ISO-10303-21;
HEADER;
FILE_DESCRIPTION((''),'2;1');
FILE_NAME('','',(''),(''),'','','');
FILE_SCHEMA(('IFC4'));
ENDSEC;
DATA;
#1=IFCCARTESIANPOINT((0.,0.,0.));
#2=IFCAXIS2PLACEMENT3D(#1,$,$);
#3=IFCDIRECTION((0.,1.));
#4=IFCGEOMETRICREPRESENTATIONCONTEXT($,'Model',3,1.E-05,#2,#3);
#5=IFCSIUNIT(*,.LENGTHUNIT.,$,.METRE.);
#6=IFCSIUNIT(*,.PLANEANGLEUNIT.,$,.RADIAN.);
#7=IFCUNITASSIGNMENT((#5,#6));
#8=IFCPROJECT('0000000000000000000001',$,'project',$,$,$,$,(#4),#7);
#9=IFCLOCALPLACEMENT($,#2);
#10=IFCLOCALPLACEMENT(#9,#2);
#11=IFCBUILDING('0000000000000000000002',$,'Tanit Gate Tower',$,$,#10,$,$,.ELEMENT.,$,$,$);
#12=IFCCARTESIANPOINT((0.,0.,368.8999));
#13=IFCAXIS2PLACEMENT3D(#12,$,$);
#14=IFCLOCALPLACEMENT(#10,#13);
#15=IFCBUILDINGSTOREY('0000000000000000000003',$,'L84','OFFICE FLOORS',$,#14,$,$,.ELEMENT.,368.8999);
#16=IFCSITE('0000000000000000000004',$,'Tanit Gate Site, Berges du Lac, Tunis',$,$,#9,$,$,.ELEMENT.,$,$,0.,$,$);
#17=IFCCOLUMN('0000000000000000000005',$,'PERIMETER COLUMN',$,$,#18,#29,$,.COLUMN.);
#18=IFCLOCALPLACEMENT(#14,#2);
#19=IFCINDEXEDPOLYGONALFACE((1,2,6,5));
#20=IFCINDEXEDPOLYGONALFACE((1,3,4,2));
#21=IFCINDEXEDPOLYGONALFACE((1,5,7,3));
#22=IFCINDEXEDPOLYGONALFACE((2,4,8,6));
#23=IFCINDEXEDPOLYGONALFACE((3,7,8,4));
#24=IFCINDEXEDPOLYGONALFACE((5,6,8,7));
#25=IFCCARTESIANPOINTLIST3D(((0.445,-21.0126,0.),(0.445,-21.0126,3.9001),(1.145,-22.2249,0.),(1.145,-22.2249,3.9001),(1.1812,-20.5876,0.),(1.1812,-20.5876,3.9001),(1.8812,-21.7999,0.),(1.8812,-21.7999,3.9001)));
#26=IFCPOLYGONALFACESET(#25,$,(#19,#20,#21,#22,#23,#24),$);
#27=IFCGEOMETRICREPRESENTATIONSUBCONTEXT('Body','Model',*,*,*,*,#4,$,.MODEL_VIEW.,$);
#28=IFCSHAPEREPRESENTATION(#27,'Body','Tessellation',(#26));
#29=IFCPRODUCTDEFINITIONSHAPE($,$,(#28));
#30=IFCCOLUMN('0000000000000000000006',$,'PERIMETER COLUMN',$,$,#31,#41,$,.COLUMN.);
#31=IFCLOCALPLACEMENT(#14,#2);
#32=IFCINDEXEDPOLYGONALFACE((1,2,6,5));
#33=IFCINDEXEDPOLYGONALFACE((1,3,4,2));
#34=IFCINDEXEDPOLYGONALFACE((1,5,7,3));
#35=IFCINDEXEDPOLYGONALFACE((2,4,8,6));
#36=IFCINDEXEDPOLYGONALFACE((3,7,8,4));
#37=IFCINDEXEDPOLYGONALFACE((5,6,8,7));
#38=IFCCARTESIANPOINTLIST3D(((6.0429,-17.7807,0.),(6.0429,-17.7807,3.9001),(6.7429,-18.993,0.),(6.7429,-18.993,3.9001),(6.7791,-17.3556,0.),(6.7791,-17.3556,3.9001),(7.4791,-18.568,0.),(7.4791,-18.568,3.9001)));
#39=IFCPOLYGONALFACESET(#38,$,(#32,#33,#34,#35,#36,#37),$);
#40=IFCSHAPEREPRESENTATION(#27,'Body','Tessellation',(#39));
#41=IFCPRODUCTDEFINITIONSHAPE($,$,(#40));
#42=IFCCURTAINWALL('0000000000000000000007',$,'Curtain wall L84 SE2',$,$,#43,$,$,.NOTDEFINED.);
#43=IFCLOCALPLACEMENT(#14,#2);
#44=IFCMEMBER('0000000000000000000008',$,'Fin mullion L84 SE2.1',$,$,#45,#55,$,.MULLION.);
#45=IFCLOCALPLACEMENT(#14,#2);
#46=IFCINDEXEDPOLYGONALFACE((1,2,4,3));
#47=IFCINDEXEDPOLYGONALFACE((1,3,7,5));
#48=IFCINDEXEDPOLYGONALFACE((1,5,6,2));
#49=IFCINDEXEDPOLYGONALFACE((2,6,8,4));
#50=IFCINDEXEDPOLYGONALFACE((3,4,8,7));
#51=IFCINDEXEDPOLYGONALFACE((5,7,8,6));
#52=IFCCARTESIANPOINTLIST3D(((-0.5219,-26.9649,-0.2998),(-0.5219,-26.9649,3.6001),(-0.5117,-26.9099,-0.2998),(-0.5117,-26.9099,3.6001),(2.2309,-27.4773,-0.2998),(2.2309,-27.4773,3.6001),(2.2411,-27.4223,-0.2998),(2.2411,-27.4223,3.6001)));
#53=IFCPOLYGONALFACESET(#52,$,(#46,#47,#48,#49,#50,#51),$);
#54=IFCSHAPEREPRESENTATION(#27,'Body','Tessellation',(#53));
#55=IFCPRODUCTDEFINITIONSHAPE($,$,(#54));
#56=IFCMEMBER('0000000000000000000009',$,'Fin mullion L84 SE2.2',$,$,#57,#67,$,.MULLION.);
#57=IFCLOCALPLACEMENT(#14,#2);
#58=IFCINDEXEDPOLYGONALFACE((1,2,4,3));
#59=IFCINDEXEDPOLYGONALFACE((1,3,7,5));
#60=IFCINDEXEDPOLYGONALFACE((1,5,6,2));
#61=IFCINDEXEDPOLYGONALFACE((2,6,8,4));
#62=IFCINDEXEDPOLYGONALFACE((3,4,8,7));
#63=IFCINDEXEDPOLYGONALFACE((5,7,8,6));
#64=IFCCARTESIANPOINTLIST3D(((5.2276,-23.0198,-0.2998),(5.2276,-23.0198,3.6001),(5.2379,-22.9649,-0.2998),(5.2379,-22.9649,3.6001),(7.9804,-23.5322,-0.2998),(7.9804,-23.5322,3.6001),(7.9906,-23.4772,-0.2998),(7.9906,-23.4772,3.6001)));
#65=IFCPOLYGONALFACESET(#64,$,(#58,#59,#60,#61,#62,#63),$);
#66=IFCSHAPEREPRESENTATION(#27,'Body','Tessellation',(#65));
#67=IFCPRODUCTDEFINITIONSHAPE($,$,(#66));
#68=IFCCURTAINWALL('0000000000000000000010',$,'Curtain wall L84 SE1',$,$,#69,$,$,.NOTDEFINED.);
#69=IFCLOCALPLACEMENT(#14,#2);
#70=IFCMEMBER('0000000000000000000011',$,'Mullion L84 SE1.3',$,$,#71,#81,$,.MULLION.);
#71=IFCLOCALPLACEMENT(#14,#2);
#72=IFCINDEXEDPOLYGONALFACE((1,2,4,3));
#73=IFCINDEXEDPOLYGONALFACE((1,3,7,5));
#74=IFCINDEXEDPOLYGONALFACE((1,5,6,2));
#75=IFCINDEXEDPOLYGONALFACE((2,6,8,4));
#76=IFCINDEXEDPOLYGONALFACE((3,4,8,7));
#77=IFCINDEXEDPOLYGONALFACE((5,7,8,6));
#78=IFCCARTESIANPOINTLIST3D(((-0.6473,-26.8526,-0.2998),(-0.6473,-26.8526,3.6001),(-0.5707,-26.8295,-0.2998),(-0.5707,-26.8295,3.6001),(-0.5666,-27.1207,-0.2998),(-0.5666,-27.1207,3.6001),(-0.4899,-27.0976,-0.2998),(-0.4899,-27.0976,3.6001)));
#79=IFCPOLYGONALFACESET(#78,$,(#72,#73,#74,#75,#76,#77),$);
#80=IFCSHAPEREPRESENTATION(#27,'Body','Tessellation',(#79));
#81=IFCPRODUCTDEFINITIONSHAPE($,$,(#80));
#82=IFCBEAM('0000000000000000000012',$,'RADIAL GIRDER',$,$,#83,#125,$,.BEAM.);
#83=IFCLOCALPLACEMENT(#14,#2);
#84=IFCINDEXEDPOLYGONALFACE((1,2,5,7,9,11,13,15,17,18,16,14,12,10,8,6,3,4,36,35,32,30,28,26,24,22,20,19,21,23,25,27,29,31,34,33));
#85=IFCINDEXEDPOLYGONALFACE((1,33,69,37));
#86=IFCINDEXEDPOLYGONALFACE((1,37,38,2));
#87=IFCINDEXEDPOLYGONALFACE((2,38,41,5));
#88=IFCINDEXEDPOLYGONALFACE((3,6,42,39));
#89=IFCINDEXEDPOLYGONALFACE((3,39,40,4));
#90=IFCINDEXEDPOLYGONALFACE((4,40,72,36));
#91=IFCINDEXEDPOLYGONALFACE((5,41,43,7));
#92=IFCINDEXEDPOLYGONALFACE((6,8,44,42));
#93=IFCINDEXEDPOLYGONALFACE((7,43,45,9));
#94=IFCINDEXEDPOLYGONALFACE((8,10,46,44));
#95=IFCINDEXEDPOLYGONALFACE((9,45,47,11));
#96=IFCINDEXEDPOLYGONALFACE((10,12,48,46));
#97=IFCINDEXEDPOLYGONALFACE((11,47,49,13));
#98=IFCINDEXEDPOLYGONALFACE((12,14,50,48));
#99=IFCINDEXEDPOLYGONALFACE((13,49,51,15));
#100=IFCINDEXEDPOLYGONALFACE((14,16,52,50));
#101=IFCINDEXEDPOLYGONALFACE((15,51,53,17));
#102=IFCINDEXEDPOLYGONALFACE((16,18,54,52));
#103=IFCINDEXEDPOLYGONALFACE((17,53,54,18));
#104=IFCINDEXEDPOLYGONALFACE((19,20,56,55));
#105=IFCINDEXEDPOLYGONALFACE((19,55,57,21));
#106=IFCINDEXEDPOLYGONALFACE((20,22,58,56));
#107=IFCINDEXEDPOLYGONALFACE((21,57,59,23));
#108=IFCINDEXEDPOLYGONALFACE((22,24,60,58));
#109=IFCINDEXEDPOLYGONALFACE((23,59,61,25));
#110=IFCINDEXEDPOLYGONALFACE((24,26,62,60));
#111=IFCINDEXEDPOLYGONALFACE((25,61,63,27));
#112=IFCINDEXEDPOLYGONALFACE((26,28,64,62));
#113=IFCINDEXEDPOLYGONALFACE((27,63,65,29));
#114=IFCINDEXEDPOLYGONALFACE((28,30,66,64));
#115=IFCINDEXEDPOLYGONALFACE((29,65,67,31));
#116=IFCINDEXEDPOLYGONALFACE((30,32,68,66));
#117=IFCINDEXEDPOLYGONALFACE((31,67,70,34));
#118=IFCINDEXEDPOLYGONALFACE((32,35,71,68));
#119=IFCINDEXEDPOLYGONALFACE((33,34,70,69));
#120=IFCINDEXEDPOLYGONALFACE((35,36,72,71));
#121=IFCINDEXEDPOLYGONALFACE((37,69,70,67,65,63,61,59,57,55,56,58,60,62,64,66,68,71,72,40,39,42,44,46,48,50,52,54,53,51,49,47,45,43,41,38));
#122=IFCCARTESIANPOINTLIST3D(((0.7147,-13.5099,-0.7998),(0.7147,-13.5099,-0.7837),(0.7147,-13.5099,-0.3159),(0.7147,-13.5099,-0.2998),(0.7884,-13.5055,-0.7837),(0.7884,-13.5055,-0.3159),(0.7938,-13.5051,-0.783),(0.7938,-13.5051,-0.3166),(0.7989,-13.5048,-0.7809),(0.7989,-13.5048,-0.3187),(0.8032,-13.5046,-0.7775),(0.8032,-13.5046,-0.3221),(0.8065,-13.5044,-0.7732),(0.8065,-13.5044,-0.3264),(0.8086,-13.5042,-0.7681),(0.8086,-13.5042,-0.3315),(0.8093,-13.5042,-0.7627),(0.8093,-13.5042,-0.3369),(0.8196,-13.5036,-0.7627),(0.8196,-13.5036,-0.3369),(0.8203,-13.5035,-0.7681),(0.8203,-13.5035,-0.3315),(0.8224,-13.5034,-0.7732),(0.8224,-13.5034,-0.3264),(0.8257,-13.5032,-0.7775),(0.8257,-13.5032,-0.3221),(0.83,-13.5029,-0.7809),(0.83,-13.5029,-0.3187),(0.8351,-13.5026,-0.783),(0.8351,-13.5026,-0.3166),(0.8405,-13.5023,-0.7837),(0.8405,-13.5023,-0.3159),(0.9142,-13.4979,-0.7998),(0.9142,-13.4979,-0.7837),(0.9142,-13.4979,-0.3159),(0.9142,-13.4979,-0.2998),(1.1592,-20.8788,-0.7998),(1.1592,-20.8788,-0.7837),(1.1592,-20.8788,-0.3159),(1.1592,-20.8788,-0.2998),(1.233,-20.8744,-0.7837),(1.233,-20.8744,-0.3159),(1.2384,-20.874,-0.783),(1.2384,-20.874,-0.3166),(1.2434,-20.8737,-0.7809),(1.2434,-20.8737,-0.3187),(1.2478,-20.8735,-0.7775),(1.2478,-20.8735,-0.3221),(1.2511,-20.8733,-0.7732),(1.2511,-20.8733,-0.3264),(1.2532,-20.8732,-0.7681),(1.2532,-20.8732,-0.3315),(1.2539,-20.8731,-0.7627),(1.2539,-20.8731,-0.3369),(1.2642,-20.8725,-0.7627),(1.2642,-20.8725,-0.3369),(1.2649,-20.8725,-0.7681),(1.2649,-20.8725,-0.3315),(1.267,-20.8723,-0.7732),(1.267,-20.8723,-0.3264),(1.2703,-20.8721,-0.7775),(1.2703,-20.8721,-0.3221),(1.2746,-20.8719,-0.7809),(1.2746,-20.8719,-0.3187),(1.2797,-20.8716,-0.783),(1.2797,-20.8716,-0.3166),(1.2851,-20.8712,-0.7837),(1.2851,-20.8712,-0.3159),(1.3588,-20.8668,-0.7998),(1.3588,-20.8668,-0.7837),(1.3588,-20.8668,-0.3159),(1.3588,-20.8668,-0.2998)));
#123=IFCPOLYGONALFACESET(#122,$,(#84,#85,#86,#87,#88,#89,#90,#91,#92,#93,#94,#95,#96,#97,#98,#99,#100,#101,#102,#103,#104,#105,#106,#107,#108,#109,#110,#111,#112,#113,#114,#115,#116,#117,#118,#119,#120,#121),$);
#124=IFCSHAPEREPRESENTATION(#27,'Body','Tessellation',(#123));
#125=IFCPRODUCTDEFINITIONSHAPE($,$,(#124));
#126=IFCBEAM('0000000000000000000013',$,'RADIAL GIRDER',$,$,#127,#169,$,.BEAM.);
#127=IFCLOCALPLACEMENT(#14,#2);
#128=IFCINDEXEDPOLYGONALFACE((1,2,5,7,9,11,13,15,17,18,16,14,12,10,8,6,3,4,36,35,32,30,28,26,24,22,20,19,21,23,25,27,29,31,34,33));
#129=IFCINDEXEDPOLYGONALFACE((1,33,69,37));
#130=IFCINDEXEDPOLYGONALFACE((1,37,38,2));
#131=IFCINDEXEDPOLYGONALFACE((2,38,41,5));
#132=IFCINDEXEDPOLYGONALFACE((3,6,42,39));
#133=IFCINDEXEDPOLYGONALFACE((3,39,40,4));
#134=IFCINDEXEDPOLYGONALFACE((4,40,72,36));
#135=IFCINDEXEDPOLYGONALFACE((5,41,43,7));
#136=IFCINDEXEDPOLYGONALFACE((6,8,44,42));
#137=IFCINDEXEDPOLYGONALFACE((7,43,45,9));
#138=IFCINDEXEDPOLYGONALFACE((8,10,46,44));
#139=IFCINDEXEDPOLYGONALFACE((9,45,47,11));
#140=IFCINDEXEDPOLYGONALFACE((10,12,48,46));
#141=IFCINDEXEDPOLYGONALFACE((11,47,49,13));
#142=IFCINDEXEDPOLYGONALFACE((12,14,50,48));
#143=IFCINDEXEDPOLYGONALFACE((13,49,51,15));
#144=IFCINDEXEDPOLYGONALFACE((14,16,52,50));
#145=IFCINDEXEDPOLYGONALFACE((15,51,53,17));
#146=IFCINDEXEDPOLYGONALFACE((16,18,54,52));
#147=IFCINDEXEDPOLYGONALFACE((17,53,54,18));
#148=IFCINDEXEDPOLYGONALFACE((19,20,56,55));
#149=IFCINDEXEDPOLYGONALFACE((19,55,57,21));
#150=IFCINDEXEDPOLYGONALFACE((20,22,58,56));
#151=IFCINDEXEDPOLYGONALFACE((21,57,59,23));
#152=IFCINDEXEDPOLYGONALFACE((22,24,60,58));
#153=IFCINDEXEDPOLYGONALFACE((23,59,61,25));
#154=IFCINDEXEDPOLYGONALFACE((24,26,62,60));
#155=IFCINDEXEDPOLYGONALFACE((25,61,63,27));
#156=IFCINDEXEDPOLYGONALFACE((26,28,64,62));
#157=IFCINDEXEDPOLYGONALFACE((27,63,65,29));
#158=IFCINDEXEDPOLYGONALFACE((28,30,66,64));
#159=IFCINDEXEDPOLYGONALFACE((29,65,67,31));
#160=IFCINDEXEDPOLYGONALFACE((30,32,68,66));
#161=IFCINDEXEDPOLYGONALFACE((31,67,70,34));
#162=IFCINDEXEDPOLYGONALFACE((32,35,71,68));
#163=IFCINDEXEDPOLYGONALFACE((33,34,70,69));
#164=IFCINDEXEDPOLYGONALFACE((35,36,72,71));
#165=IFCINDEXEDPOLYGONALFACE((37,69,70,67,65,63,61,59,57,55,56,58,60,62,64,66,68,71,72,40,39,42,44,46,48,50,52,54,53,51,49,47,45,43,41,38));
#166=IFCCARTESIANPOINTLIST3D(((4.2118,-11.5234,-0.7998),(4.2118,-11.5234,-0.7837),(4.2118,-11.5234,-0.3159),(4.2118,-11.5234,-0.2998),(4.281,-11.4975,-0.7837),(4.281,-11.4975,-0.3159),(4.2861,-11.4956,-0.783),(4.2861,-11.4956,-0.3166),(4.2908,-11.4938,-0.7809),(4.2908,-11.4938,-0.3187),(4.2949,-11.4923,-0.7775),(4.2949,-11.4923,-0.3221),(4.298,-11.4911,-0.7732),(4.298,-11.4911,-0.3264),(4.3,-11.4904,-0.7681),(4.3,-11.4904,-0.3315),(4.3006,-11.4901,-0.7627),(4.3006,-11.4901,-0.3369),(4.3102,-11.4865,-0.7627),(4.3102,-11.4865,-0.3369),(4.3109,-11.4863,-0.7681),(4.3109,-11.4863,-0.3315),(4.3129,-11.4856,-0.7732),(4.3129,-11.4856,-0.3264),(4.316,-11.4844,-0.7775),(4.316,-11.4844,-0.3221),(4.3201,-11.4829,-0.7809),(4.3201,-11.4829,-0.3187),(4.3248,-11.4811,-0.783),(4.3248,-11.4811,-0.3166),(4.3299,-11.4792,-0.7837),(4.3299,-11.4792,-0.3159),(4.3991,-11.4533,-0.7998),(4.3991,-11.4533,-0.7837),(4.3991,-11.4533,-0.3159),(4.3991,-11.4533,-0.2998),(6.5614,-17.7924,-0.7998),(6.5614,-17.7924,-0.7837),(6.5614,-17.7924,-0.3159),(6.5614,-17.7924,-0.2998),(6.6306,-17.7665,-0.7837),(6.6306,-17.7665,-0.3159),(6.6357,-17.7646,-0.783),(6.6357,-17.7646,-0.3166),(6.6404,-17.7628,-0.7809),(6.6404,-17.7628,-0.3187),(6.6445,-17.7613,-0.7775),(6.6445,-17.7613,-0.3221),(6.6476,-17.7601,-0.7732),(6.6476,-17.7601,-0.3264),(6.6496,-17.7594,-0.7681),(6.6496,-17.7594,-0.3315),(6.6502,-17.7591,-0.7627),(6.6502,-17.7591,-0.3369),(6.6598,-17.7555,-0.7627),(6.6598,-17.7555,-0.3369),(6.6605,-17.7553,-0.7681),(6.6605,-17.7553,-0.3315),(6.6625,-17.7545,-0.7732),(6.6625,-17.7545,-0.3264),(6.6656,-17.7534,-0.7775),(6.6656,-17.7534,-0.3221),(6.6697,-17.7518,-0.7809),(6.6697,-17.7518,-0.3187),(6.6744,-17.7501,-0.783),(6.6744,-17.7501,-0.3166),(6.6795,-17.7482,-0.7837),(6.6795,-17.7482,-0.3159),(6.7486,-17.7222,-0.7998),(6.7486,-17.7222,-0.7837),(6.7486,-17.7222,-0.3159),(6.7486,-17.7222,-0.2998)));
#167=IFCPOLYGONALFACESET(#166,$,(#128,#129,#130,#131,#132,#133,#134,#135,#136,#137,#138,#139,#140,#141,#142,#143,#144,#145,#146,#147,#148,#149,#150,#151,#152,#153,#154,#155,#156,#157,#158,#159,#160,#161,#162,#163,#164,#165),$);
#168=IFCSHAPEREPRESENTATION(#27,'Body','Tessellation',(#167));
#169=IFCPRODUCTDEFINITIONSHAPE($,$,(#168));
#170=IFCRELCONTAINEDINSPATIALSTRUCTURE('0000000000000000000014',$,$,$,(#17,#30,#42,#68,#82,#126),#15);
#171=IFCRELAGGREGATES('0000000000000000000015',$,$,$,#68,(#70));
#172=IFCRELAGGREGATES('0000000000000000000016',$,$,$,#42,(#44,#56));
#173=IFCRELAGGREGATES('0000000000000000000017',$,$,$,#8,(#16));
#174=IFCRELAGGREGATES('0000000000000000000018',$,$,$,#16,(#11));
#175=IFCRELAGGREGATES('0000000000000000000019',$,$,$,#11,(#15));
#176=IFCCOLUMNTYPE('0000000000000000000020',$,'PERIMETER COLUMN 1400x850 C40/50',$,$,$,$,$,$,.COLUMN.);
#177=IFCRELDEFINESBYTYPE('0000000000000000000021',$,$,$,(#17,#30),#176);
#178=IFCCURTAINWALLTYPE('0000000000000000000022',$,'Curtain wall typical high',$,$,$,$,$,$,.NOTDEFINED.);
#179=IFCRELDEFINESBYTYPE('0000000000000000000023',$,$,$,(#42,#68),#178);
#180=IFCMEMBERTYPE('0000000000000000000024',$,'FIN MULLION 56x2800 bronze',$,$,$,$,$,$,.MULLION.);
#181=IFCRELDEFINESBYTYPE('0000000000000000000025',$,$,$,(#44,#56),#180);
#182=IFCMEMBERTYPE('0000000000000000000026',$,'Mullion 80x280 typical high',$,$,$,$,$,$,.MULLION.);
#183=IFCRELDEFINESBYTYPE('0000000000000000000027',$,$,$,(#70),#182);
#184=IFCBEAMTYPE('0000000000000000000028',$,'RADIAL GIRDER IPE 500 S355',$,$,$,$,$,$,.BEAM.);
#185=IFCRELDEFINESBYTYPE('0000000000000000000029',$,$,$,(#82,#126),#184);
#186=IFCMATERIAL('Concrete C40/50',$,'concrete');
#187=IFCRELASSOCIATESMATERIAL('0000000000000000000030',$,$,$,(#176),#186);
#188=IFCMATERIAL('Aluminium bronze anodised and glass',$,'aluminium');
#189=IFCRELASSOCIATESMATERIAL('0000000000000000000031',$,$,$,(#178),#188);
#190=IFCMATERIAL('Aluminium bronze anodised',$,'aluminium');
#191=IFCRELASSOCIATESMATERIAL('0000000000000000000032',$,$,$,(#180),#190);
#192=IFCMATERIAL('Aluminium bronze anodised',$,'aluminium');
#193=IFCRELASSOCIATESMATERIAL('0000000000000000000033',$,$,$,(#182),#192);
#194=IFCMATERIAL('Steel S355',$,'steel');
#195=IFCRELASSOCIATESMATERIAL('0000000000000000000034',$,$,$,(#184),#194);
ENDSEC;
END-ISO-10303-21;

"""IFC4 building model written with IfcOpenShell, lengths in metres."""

from ifc_helpers import new_model, si_unit, direction, frame, origin, origin_2d, place, context, subcontext, project, spatial, rectangle, i_section, extrude, material, material_profile, profile_set, type_object, element, aggregate, save


model = new_model("IFC4")

# Units and contexts
model_context = context("Model", 3, precision=1e-05, world=origin(), true_north=direction((0.0, 1.0)))
body_context = subcontext(model_context, "Body", "Model", "MODEL_VIEW")
ifc_project = project(units=[si_unit("LENGTHUNIT", "METRE"), si_unit("PLANEANGLEUNIT", "RADIAN")], contexts=[model_context])

# Site, building, storey
site_placement = place(None, origin())
site = spatial("IfcSite", under=ifc_project, at=site_placement, Name="Tanit Gate Site, Berges du Lac, Tunis", CompositionType="ELEMENT", RefElevation=0.0)
building_placement = place(site_placement, origin())
building = spatial("IfcBuilding", under=site, at=building_placement, Name="Tanit Gate Tower", CompositionType="ELEMENT")
storey_placement = place(building_placement, frame((0.0, 0.0, 368.8999)))
storey = spatial("IfcBuildingStorey", under=building, at=storey_placement, Name="L84", Description="OFFICE FLOORS", CompositionType="ELEMENT", Elevation=368.8999)

# Columns
ifc_material_1 = material(Name="Concrete C40/50", Category="concrete")
ifc_material_profile_1 = material_profile(ifc_material_1, rectangle(XDim=1.3999, YDim=0.8501, at=origin_2d()), Name="RC 1400x850")
ifc_profile_set_1 = profile_set([ifc_material_profile_1], Name="Concrete C40/50")
column_type = type_object("IfcColumnType", Name="PERIMETER COLUMN 1400x850 C40/50", PredefinedType="COLUMN", material=ifc_profile_set_1)
for number, where, z_axis, x_axis, name in (
    (1, (1.1631, -21.4062, 0.0), (0.0, 0.0, 1.0), (0.5, -0.866025, 0.0), "PERIMETER COLUMN"),
    (2, (6.761, -18.1743, 0.0), (0.0, 0.0, 1.0), (0.5, -0.866025, 0.0), "PERIMETER COLUMN"),
):
    element("IfcColumn", number, at=place(storey_placement, frame(where, z_axis=z_axis, x_axis=x_axis)), inside=storey, type_object=column_type, Name=name, PredefinedType="COLUMN", context=body_context, shape_type="SweptSolid", body=[
        extrude(rectangle(XDim=1.3999, YDim=0.8501, at=origin_2d()), origin(), (0.0, 0.0, 1.0), 3.9001),
    ])

# Curtain wall, members
ifc_material_2 = material(Name="Aluminium bronze anodised and glass", Category="aluminium")
curtain_wall_type = type_object("IfcCurtainWallType", Name="Curtain wall typical high", PredefinedType="NOTDEFINED", material=ifc_material_2)
curtain_wall_1_placement = place(storey_placement, origin())
curtain_wall_1 = element("IfcCurtainWall", 3, at=curtain_wall_1_placement, inside=storey, type_object=curtain_wall_type, Name="Curtain wall L84 SE2", PredefinedType="NOTDEFINED")
ifc_material_3 = material(Name="Aluminium bronze anodised", Category="aluminium")
ifc_material_profile_2 = material_profile(ifc_material_3, rectangle(XDim=2.8, YDim=0.0559, at=origin_2d()), Name="56x2800 bronze fin mullion")
ifc_profile_set_2 = profile_set([ifc_material_profile_2], Name="Aluminium bronze anodised")
member_type_1 = type_object("IfcMemberType", Name="FIN MULLION 56x2800 bronze", PredefinedType="MULLION", material=ifc_profile_set_2)
member_1_placement = place(storey_placement, frame((0.8596, -27.1936, -0.2998), z_axis=(0.0, 0.0, 1.0), x_axis=(-0.983116, 0.182983, 0.0)))
member_1 = element("IfcMember", 4, at=member_1_placement, type_object=member_type_1, Name="Fin mullion L84 SE2.1", PredefinedType="MULLION", context=body_context, shape_type="SweptSolid", body=[
    extrude(rectangle(XDim=2.8, YDim=0.0559, at=origin_2d()), origin(), (0.0, 0.0, 1.0), 3.8999),
])
member_2_placement = place(storey_placement, frame((6.6091, -23.2485, -0.2998), z_axis=(0.0, 0.0, 1.0), x_axis=(-0.983116, 0.182983, 0.0)))
member_2 = element("IfcMember", 5, at=member_2_placement, type_object=member_type_1, Name="Fin mullion L84 SE2.2", PredefinedType="MULLION", context=body_context, shape_type="SweptSolid", body=[
    extrude(rectangle(XDim=2.8, YDim=0.0559, at=origin_2d()), origin(), (0.0, 0.0, 1.0), 3.8999),
])

# Curtain wall, member
curtain_wall_2_placement = place(storey_placement, origin())
curtain_wall_2 = element("IfcCurtainWall", 6, at=curtain_wall_2_placement, inside=storey, type_object=curtain_wall_type, Name="Curtain wall L84 SE1", PredefinedType="NOTDEFINED")
ifc_material_4 = material(Name="Aluminium bronze anodised", Category="aluminium")
ifc_material_profile_3 = material_profile(ifc_material_4, rectangle(XDim=0.28, YDim=0.0801, at=origin_2d()), Name="80x280 bronze mullion")
ifc_profile_set_3 = profile_set([ifc_material_profile_3], Name="Aluminium bronze anodised")
member_type_2 = type_object("IfcMemberType", Name="Mullion 80x280 typical high", PredefinedType="MULLION", material=ifc_profile_set_3)
member_3_placement = place(storey_placement, frame((-0.5686, -26.9751, -0.2998), z_axis=(0.0, 0.0, 1.0), x_axis=(-0.288456, 0.957493, 0.0)))
member_3 = element("IfcMember", 7, at=member_3_placement, type_object=member_type_2, Name="Mullion L84 SE1.3", PredefinedType="MULLION", context=body_context, shape_type="SweptSolid", body=[
    extrude(rectangle(XDim=0.28, YDim=0.0801, at=origin_2d()), origin(), (0.0, 0.0, 1.0), 3.8999),
])

# Beams
ifc_material_5 = material(Name="Steel S355", Category="steel")
ifc_material_profile_4 = material_profile(ifc_material_5, i_section(OverallWidth=0.2, OverallDepth=0.5, WebThickness=0.0103, FlangeThickness=0.0161, FilletRadius=0.021, at=origin_2d()), Name="IPE 500")
ifc_profile_set_4 = profile_set([ifc_material_profile_4], Name="Steel S355")
beam_type = type_object("IfcBeamType", Name="RADIAL GIRDER IPE 500 S355", PredefinedType="BEAM", material=ifc_profile_set_4)
beam_placement = place(storey_placement, frame((1.259, -20.8728, -0.5498), z_axis=(-0.060222, 0.998185, 0.0), x_axis=(-0.998185, -0.060222, 0.0)))
element("IfcBeam", 8, at=beam_placement, inside=storey, type_object=beam_type, Name="RADIAL GIRDER", PredefinedType="BEAM", context=body_context, shape_type="SweptSolid", body=[
    extrude(i_section(OverallWidth=0.2, OverallDepth=0.5, WebThickness=0.0103, FlangeThickness=0.0161, FilletRadius=0.021, at=origin_2d()), origin(), (0.0, 0.0, 1.0), 7.3823),
])
for number, where, z_axis, x_axis, name in (
    (9, (6.655, -17.7573, -0.5498), (-0.350956, 0.936392, 0.0), (-0.936392, -0.350956, 0.0), "RADIAL GIRDER"),
):
    element("IfcBeam", number, at=place(storey_placement, frame(where, z_axis=z_axis, x_axis=x_axis)), inside=storey, type_object=beam_type, Name=name, PredefinedType="BEAM", context=body_context, shape_type="SweptSolid", body=[
        extrude(i_section(OverallWidth=0.2, OverallDepth=0.5, WebThickness=0.0103, FlangeThickness=0.0161, FilletRadius=0.021, at=origin_2d()), origin(), (0.0, 0.0, 1.0), 6.6948),
    ])

aggregate(curtain_wall_2, [member_3])
aggregate(curtain_wall_1, [member_1, member_2])

save(model, "model.ifc")
